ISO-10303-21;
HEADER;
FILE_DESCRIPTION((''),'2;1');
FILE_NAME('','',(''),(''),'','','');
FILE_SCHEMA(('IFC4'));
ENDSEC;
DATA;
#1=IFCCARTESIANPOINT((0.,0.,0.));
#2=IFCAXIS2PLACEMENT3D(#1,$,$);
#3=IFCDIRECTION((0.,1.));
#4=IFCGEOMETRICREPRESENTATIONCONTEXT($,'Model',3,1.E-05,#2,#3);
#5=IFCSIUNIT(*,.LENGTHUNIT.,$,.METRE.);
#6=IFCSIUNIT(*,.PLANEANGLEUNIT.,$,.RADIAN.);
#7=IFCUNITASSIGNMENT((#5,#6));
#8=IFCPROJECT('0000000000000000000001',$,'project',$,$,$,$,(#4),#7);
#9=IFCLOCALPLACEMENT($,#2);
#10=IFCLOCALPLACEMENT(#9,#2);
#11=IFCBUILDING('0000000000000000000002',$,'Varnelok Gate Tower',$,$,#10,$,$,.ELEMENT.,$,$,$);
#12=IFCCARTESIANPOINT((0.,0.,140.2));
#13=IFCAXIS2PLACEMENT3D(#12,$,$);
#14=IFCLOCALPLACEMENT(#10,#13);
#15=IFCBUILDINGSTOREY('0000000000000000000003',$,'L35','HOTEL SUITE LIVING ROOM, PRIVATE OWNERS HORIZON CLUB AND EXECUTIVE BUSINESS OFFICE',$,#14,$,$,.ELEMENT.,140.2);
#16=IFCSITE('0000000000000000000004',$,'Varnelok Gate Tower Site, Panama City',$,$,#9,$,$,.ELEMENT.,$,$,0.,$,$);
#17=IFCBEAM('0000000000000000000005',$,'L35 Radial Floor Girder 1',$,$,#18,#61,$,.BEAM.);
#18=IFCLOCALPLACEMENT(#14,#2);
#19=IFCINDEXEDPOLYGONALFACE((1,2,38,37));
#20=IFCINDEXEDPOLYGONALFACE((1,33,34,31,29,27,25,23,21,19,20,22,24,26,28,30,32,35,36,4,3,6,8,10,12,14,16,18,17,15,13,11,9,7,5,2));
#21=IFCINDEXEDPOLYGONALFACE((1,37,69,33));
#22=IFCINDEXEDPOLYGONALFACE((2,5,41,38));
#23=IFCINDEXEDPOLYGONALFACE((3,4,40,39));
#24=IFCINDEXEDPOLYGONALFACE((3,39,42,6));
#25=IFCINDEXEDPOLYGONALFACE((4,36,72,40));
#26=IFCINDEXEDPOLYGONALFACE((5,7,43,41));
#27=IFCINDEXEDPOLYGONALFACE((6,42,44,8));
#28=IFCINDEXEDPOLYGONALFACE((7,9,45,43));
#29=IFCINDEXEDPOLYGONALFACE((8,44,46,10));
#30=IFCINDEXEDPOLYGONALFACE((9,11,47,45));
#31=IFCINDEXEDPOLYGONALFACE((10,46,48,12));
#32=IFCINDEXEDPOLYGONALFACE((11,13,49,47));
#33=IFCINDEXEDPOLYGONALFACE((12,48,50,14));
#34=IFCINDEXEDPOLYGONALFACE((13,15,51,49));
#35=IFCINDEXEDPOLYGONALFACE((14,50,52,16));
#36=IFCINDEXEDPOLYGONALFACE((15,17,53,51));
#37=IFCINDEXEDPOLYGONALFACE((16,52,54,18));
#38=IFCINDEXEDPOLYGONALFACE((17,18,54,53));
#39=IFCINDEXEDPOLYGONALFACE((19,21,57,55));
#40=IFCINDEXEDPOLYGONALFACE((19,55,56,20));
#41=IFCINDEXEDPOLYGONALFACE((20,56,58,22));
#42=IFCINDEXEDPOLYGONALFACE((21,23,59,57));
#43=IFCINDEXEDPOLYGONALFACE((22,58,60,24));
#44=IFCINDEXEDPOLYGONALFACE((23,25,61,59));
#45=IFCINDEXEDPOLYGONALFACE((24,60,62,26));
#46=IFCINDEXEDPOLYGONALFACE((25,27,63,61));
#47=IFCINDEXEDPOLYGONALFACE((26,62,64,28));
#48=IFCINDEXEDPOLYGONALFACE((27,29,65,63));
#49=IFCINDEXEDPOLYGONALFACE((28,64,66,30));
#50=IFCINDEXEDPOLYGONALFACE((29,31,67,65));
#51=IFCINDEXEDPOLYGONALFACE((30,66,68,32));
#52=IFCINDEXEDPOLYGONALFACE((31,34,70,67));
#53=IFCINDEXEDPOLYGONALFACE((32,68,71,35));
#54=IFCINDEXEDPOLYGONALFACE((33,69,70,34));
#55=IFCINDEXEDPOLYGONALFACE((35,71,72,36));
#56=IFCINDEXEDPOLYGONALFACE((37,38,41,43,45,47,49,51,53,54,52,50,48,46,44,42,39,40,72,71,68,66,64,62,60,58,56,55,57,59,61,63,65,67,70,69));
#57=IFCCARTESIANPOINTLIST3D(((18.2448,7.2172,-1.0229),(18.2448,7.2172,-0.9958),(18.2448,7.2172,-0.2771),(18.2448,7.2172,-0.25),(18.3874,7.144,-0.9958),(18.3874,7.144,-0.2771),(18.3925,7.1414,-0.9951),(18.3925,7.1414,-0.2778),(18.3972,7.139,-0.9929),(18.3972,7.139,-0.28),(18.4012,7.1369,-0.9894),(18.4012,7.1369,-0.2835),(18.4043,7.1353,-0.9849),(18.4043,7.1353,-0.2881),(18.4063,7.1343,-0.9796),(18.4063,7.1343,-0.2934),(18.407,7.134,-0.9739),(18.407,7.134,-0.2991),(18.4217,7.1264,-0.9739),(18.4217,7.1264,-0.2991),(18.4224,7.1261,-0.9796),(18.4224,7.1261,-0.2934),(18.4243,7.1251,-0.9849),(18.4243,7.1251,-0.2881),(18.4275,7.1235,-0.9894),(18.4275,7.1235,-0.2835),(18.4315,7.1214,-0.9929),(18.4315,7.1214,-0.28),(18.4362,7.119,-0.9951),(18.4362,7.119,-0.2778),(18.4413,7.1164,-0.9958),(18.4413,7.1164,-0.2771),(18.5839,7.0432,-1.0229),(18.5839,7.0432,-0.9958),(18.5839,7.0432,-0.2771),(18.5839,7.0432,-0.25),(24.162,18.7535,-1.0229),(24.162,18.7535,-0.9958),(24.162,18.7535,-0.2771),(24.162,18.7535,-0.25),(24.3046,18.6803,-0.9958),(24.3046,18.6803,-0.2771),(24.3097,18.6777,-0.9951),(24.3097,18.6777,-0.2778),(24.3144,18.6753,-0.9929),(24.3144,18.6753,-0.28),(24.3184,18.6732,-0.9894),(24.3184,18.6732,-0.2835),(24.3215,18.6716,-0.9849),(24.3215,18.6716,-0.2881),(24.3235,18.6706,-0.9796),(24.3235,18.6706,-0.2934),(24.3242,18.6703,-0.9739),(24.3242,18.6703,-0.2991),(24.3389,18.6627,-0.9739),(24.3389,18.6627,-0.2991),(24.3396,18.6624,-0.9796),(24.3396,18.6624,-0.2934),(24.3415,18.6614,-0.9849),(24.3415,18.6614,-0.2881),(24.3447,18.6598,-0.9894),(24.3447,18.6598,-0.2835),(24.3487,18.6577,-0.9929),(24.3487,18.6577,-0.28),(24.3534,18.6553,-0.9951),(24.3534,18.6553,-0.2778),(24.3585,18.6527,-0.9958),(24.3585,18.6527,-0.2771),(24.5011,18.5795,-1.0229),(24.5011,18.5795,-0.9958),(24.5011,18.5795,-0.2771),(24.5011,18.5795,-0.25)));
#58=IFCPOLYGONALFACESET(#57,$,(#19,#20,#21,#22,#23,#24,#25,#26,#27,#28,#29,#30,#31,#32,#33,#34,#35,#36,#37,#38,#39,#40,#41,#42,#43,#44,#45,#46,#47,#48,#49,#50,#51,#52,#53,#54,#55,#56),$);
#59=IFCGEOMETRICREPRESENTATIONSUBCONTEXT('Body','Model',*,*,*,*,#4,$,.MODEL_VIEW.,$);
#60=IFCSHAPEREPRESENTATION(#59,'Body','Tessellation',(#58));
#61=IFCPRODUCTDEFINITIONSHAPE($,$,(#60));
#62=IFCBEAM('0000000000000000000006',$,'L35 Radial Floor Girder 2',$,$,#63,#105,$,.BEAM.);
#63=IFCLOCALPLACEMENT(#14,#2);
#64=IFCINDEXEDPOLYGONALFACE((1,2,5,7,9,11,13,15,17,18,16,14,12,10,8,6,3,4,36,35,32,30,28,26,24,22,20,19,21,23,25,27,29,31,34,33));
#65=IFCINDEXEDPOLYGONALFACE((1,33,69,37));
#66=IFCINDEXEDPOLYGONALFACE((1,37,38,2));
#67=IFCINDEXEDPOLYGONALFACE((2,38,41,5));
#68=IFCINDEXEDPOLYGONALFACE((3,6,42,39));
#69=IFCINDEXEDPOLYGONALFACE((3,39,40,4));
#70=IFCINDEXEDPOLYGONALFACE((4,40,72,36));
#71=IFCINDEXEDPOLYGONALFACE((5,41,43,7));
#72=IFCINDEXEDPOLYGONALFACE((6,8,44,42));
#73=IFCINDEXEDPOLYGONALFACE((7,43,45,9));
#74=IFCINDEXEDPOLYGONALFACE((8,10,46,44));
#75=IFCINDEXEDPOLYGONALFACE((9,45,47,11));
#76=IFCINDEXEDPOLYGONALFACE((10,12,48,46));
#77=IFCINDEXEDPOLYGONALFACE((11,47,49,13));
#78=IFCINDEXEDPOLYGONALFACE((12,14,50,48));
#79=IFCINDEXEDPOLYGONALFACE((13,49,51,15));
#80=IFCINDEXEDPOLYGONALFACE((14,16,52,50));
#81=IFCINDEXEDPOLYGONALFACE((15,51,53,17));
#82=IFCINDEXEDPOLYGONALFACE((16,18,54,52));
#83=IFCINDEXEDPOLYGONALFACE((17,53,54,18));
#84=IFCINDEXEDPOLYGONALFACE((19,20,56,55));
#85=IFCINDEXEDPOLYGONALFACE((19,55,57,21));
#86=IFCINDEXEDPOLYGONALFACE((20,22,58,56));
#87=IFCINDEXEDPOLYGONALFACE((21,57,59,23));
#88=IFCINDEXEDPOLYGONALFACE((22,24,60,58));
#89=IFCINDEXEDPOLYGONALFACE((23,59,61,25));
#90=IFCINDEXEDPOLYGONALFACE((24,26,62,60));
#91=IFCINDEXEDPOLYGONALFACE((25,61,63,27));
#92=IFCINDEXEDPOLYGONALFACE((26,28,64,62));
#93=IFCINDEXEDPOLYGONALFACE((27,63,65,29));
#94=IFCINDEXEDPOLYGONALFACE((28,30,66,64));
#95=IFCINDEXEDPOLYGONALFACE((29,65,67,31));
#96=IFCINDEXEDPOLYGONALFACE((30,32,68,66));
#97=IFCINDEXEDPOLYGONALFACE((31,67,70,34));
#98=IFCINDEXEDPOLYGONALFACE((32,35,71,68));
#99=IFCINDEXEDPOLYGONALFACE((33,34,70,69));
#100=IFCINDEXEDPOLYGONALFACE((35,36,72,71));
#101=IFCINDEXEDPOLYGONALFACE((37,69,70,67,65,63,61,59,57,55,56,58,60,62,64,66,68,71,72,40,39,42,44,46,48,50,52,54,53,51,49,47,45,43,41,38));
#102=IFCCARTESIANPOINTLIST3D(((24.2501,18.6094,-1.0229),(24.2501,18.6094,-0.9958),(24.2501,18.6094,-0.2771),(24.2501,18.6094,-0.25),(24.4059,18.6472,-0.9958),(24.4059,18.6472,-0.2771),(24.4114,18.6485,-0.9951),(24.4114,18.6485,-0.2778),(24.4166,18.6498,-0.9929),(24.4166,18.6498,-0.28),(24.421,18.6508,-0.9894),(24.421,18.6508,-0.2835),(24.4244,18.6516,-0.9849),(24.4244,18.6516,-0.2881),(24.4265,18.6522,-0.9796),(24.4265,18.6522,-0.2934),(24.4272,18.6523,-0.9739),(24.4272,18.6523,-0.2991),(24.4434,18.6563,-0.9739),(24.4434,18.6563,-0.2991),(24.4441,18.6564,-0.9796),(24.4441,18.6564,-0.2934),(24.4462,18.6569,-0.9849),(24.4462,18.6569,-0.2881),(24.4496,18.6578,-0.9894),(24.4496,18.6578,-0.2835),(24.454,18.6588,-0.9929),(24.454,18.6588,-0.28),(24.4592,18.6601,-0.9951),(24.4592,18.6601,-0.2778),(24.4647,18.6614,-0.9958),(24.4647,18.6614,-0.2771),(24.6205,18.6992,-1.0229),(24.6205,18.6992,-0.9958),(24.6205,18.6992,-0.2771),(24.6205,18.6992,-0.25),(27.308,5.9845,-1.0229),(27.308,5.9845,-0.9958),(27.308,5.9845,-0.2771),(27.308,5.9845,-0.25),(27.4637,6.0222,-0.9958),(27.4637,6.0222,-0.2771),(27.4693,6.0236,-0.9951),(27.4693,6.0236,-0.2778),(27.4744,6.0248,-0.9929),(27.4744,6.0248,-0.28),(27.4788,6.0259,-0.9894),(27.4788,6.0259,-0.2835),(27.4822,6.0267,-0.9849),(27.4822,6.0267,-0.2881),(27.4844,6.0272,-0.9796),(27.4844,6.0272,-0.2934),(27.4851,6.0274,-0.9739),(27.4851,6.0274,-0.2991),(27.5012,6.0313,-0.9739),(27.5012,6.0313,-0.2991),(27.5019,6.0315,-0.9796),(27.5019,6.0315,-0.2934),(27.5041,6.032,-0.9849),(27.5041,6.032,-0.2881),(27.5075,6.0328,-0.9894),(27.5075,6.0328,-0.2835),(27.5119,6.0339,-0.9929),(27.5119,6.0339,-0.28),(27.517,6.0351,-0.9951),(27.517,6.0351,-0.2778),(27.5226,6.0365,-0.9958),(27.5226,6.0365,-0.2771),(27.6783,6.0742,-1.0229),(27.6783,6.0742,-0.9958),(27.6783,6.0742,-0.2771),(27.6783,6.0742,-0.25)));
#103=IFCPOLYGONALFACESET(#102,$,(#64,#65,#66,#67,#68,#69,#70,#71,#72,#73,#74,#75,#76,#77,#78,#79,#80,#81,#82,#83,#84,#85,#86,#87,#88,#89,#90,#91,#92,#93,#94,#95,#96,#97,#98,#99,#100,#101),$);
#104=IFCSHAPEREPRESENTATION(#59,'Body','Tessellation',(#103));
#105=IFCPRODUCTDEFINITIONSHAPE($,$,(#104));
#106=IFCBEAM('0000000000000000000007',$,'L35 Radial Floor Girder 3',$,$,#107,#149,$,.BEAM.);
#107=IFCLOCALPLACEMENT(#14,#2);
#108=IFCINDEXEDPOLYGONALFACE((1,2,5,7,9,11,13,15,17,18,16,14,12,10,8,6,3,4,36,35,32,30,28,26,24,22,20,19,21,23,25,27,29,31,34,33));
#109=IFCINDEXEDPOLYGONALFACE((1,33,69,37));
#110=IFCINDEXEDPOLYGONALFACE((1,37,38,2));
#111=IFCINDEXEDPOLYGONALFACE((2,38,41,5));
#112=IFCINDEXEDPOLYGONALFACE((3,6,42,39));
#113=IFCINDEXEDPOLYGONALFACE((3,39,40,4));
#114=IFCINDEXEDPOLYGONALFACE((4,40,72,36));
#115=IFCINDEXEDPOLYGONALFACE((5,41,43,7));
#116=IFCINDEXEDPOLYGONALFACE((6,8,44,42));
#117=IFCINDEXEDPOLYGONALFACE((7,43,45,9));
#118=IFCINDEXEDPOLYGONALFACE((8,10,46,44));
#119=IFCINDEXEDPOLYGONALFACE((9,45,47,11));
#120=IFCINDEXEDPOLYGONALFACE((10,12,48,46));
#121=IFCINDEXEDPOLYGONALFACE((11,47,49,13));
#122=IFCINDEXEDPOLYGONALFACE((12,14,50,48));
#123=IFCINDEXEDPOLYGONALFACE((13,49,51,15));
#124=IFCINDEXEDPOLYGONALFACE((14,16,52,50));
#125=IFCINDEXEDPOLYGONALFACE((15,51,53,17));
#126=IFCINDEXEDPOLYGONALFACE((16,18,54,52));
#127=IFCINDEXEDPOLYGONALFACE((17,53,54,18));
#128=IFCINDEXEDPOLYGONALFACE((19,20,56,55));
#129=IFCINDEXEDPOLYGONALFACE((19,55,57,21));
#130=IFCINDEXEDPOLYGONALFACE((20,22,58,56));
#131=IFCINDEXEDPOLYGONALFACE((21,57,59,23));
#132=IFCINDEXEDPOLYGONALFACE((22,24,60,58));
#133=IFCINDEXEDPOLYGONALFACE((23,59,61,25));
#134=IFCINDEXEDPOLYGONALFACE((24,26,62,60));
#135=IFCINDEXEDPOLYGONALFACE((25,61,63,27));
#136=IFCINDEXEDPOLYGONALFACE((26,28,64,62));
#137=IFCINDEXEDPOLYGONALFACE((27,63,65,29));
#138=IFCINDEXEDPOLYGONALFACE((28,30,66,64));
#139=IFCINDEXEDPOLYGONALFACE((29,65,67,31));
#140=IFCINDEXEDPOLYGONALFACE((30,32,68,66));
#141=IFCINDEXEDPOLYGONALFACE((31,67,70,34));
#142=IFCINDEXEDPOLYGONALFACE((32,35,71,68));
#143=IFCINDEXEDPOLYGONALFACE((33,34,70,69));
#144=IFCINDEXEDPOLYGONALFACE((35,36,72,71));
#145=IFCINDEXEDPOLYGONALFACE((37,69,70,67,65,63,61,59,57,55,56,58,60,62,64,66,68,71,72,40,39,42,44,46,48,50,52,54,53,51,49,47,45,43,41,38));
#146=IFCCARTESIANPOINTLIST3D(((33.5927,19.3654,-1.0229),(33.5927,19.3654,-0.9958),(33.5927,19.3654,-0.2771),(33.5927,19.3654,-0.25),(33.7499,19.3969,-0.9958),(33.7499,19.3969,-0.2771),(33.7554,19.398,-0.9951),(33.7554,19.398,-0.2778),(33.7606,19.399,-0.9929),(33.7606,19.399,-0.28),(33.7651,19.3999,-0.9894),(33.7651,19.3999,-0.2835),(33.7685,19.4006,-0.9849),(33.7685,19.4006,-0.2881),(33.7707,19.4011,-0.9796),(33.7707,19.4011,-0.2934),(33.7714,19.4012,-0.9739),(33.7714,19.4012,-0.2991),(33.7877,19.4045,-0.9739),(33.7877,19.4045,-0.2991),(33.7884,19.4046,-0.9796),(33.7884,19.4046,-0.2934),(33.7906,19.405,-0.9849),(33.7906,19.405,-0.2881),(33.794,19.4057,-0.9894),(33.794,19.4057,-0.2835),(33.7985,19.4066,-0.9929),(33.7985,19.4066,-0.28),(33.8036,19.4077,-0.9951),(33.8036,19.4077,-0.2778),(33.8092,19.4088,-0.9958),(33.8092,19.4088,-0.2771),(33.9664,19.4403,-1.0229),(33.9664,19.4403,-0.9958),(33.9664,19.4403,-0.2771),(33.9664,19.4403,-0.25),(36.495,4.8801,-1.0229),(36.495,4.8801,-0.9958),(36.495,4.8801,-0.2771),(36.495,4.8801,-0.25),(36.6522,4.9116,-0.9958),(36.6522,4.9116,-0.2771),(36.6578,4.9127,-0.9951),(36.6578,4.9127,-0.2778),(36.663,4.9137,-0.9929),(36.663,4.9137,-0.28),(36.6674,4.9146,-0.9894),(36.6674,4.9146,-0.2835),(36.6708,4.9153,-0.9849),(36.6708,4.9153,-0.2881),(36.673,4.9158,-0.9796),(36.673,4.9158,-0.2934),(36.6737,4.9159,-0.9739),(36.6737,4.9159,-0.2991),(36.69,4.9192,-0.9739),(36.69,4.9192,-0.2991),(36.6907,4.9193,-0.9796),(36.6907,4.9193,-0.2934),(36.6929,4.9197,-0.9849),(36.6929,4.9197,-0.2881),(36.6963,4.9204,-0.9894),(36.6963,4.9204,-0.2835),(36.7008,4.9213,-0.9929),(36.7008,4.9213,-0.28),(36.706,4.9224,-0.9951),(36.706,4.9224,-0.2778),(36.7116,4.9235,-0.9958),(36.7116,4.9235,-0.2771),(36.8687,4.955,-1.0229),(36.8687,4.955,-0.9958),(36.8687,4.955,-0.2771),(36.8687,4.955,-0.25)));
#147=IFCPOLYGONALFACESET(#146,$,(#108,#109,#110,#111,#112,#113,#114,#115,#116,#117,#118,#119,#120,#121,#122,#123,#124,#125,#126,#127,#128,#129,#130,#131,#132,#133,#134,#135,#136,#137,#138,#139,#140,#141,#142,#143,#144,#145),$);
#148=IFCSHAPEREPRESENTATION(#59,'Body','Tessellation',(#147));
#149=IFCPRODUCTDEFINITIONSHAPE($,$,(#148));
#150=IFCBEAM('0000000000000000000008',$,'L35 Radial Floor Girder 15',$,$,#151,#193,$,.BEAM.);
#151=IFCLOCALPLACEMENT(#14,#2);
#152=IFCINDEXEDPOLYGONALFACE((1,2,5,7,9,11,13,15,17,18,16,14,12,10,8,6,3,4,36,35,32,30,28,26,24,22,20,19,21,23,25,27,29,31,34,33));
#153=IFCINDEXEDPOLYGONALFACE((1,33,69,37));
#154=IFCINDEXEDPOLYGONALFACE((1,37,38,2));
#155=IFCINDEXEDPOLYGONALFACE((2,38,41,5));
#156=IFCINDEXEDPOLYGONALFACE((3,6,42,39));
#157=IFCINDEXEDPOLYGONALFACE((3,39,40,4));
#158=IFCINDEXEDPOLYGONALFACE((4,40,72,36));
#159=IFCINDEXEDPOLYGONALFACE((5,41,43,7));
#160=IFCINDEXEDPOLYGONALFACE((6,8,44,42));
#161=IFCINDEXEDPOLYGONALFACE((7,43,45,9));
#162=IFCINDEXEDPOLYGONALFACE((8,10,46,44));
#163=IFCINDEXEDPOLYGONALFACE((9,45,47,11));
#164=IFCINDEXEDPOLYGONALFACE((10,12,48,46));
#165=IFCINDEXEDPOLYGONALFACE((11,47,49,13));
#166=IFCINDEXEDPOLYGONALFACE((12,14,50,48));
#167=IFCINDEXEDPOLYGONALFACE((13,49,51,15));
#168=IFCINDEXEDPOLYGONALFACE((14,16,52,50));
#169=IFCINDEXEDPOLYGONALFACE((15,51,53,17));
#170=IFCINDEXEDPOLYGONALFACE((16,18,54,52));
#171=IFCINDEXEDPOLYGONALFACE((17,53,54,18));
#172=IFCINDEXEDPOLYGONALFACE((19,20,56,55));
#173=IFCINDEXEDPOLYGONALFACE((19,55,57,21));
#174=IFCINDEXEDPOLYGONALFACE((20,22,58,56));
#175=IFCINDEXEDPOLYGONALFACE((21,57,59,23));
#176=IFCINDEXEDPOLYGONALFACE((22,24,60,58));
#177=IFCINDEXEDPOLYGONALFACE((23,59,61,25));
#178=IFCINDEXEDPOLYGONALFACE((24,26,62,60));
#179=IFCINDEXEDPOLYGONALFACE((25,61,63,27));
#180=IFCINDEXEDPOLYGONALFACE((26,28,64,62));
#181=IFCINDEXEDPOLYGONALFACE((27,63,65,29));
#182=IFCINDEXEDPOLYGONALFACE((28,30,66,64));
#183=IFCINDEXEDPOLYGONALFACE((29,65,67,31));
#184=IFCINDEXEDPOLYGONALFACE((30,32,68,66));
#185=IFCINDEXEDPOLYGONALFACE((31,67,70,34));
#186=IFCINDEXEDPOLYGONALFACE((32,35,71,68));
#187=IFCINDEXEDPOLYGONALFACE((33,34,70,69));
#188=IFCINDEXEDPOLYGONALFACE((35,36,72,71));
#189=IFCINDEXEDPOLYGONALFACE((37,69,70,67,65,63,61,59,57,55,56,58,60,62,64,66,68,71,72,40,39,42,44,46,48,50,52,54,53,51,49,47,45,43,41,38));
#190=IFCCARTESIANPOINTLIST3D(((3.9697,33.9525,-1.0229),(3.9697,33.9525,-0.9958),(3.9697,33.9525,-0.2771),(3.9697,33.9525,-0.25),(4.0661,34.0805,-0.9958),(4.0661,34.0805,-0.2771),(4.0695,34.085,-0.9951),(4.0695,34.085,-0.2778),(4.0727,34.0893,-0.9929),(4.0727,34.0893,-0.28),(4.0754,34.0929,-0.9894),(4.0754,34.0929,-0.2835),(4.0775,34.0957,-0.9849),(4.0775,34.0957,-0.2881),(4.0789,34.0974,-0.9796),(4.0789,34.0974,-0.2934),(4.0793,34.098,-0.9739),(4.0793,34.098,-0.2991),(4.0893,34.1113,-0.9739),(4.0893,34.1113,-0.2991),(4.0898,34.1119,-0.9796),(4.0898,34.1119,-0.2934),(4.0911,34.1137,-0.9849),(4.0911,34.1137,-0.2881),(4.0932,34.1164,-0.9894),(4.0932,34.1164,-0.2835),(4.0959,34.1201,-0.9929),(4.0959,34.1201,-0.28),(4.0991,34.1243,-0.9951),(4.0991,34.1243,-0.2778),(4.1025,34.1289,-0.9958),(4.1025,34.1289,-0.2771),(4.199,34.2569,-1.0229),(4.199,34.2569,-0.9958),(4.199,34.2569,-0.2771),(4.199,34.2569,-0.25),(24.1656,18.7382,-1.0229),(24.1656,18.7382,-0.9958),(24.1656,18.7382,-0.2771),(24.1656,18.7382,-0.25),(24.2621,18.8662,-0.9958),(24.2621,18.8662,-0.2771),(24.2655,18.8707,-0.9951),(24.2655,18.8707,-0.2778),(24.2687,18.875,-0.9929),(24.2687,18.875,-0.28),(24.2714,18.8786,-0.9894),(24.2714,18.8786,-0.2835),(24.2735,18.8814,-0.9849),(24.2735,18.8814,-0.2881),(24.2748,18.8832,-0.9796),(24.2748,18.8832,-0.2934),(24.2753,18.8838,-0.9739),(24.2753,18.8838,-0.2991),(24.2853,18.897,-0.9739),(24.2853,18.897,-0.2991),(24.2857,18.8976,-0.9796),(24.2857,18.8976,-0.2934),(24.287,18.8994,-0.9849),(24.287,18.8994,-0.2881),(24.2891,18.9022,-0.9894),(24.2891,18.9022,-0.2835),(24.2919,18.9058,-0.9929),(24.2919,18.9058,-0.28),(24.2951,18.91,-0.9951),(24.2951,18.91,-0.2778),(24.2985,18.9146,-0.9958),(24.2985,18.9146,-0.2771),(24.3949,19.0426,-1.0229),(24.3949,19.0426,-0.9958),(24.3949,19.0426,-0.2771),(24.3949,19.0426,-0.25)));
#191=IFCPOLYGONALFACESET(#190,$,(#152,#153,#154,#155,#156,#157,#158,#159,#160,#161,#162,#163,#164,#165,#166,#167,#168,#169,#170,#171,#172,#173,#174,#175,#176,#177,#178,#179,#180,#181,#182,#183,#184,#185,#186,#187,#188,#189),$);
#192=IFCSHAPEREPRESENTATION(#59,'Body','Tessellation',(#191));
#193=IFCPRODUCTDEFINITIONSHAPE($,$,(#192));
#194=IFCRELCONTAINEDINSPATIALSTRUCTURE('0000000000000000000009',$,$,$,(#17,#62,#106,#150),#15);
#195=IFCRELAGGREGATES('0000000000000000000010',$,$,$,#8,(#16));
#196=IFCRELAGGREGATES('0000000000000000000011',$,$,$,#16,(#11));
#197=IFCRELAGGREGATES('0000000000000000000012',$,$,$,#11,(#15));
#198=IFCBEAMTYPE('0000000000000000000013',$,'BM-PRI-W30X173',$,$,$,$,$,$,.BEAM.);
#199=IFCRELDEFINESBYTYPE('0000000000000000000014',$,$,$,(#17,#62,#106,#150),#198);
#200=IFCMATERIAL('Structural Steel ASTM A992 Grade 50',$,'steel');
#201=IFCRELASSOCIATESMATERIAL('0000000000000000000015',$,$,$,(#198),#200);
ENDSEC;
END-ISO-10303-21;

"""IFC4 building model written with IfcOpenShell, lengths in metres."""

from ifc_helpers import new_model, si_unit, direction, frame, origin, origin_2d, place, context, subcontext, project, spatial, i_section, extrude, material, material_profile, profile_set, type_object, element, save


model = new_model("IFC4")

# Units and contexts
model_context = context("Model", 3, precision=1e-05, world=origin(), true_north=direction((0.0, 1.0)))
body_context = subcontext(model_context, "Body", "Model", "MODEL_VIEW")
ifc_project = project(units=[si_unit("LENGTHUNIT", "METRE"), si_unit("PLANEANGLEUNIT", "RADIAN")], contexts=[model_context])

# Site, building, storey
site_placement = place(None, origin())
site = spatial("IfcSite", under=ifc_project, at=site_placement, Name="Varnelok Gate Tower Site, Panama City", CompositionType="ELEMENT", RefElevation=0.0)
building_placement = place(site_placement, origin())
building = spatial("IfcBuilding", under=site, at=building_placement, Name="Varnelok Gate Tower", CompositionType="ELEMENT")
storey_placement = place(building_placement, frame((0.0, 0.0, 140.2)))
storey = spatial("IfcBuildingStorey", under=building, at=storey_placement, Name="L35", Description="HOTEL SUITE LIVING ROOM, PRIVATE OWNERS HORIZON CLUB AND EXECUTIVE BUSINESS OFFICE", CompositionType="ELEMENT", Elevation=140.2)

# Shared definitions
ifc_material_1 = material(Name="Structural Steel ASTM A992 Grade 50", Category="steel")

# Beams
ifc_material_profile_1 = material_profile(ifc_material_1, i_section(OverallWidth=0.3811, OverallDepth=0.7729, WebThickness=0.0166, FlangeThickness=0.0271, FilletRadius=0.022, at=origin_2d()), Name="W30X173")
ifc_profile_set_1 = profile_set([ifc_material_profile_1], Name="Structural Steel ASTM A992 Grade 50")
beam_type_1 = type_object("IfcBeamType", Name="BM-PRI-W30X173", PredefinedType="BEAM", material=ifc_profile_set_1)
beam_1_placement = place(storey_placement, frame((24.3315, 18.6665, -0.6365), z_axis=(-0.456387, -0.889782, 0.0), x_axis=(0.889782, -0.456387, 0.0)))
element("IfcBeam", 1, at=beam_1_placement, inside=storey, type_object=beam_type_1, Name="L35 Radial Floor Girder 1", PredefinedType="BEAM", context=body_context, shape_type="SweptSolid", body=[
    extrude(i_section(OverallWidth=0.3811, OverallDepth=0.7729, WebThickness=0.0166, FlangeThickness=0.0271, FilletRadius=0.022, at=origin_2d()), origin(), (0.0, 0.0, 1.0), 12.9653),
])
beam_2_placement = place(storey_placement, frame((24.4353, 18.6543, -0.6365), z_axis=(0.2354, -0.971898, 0.0), x_axis=(0.971898, 0.2354, 0.0)))
element("IfcBeam", 2, at=beam_2_placement, inside=storey, type_object=beam_type_1, Name="L35 Radial Floor Girder 2", PredefinedType="BEAM", context=body_context, shape_type="SweptSolid", body=[
    extrude(i_section(OverallWidth=0.3811, OverallDepth=0.7729, WebThickness=0.0166, FlangeThickness=0.0271, FilletRadius=0.022, at=origin_2d()), origin(), (0.0, 0.0, 1.0), 12.99),
])
beam_3_placement = place(storey_placement, frame((33.7795, 19.4028, -0.6365), z_axis=(0.196459, -0.980512, 0.0), x_axis=(0.980512, 0.196459, 0.0)))
element("IfcBeam", 3, at=beam_3_placement, inside=storey, type_object=beam_type_1, Name="L35 Radial Floor Girder 3", PredefinedType="BEAM", context=body_context, shape_type="SweptSolid", body=[
    extrude(i_section(OverallWidth=0.3811, OverallDepth=0.7729, WebThickness=0.0166, FlangeThickness=0.0271, FilletRadius=0.022, at=origin_2d()), origin(), (0.0, 0.0, 1.0), 14.7732),
])
beam_4_placement = place(storey_placement, frame((24.2803, 18.8904, -0.6365), z_axis=(-0.79872, 0.601703, 0.0), x_axis=(-0.601703, -0.79872, 0.0)))
element("IfcBeam", 4, at=beam_4_placement, inside=storey, type_object=beam_type_1, Name="L35 Radial Floor Girder 15", PredefinedType="BEAM", context=body_context, shape_type="SweptSolid", body=[
    extrude(i_section(OverallWidth=0.3811, OverallDepth=0.7729, WebThickness=0.0166, FlangeThickness=0.0271, FilletRadius=0.022, at=origin_2d()), origin(), (0.0, 0.0, 1.0), 25.2854),
])

save(model, "model.ifc")
